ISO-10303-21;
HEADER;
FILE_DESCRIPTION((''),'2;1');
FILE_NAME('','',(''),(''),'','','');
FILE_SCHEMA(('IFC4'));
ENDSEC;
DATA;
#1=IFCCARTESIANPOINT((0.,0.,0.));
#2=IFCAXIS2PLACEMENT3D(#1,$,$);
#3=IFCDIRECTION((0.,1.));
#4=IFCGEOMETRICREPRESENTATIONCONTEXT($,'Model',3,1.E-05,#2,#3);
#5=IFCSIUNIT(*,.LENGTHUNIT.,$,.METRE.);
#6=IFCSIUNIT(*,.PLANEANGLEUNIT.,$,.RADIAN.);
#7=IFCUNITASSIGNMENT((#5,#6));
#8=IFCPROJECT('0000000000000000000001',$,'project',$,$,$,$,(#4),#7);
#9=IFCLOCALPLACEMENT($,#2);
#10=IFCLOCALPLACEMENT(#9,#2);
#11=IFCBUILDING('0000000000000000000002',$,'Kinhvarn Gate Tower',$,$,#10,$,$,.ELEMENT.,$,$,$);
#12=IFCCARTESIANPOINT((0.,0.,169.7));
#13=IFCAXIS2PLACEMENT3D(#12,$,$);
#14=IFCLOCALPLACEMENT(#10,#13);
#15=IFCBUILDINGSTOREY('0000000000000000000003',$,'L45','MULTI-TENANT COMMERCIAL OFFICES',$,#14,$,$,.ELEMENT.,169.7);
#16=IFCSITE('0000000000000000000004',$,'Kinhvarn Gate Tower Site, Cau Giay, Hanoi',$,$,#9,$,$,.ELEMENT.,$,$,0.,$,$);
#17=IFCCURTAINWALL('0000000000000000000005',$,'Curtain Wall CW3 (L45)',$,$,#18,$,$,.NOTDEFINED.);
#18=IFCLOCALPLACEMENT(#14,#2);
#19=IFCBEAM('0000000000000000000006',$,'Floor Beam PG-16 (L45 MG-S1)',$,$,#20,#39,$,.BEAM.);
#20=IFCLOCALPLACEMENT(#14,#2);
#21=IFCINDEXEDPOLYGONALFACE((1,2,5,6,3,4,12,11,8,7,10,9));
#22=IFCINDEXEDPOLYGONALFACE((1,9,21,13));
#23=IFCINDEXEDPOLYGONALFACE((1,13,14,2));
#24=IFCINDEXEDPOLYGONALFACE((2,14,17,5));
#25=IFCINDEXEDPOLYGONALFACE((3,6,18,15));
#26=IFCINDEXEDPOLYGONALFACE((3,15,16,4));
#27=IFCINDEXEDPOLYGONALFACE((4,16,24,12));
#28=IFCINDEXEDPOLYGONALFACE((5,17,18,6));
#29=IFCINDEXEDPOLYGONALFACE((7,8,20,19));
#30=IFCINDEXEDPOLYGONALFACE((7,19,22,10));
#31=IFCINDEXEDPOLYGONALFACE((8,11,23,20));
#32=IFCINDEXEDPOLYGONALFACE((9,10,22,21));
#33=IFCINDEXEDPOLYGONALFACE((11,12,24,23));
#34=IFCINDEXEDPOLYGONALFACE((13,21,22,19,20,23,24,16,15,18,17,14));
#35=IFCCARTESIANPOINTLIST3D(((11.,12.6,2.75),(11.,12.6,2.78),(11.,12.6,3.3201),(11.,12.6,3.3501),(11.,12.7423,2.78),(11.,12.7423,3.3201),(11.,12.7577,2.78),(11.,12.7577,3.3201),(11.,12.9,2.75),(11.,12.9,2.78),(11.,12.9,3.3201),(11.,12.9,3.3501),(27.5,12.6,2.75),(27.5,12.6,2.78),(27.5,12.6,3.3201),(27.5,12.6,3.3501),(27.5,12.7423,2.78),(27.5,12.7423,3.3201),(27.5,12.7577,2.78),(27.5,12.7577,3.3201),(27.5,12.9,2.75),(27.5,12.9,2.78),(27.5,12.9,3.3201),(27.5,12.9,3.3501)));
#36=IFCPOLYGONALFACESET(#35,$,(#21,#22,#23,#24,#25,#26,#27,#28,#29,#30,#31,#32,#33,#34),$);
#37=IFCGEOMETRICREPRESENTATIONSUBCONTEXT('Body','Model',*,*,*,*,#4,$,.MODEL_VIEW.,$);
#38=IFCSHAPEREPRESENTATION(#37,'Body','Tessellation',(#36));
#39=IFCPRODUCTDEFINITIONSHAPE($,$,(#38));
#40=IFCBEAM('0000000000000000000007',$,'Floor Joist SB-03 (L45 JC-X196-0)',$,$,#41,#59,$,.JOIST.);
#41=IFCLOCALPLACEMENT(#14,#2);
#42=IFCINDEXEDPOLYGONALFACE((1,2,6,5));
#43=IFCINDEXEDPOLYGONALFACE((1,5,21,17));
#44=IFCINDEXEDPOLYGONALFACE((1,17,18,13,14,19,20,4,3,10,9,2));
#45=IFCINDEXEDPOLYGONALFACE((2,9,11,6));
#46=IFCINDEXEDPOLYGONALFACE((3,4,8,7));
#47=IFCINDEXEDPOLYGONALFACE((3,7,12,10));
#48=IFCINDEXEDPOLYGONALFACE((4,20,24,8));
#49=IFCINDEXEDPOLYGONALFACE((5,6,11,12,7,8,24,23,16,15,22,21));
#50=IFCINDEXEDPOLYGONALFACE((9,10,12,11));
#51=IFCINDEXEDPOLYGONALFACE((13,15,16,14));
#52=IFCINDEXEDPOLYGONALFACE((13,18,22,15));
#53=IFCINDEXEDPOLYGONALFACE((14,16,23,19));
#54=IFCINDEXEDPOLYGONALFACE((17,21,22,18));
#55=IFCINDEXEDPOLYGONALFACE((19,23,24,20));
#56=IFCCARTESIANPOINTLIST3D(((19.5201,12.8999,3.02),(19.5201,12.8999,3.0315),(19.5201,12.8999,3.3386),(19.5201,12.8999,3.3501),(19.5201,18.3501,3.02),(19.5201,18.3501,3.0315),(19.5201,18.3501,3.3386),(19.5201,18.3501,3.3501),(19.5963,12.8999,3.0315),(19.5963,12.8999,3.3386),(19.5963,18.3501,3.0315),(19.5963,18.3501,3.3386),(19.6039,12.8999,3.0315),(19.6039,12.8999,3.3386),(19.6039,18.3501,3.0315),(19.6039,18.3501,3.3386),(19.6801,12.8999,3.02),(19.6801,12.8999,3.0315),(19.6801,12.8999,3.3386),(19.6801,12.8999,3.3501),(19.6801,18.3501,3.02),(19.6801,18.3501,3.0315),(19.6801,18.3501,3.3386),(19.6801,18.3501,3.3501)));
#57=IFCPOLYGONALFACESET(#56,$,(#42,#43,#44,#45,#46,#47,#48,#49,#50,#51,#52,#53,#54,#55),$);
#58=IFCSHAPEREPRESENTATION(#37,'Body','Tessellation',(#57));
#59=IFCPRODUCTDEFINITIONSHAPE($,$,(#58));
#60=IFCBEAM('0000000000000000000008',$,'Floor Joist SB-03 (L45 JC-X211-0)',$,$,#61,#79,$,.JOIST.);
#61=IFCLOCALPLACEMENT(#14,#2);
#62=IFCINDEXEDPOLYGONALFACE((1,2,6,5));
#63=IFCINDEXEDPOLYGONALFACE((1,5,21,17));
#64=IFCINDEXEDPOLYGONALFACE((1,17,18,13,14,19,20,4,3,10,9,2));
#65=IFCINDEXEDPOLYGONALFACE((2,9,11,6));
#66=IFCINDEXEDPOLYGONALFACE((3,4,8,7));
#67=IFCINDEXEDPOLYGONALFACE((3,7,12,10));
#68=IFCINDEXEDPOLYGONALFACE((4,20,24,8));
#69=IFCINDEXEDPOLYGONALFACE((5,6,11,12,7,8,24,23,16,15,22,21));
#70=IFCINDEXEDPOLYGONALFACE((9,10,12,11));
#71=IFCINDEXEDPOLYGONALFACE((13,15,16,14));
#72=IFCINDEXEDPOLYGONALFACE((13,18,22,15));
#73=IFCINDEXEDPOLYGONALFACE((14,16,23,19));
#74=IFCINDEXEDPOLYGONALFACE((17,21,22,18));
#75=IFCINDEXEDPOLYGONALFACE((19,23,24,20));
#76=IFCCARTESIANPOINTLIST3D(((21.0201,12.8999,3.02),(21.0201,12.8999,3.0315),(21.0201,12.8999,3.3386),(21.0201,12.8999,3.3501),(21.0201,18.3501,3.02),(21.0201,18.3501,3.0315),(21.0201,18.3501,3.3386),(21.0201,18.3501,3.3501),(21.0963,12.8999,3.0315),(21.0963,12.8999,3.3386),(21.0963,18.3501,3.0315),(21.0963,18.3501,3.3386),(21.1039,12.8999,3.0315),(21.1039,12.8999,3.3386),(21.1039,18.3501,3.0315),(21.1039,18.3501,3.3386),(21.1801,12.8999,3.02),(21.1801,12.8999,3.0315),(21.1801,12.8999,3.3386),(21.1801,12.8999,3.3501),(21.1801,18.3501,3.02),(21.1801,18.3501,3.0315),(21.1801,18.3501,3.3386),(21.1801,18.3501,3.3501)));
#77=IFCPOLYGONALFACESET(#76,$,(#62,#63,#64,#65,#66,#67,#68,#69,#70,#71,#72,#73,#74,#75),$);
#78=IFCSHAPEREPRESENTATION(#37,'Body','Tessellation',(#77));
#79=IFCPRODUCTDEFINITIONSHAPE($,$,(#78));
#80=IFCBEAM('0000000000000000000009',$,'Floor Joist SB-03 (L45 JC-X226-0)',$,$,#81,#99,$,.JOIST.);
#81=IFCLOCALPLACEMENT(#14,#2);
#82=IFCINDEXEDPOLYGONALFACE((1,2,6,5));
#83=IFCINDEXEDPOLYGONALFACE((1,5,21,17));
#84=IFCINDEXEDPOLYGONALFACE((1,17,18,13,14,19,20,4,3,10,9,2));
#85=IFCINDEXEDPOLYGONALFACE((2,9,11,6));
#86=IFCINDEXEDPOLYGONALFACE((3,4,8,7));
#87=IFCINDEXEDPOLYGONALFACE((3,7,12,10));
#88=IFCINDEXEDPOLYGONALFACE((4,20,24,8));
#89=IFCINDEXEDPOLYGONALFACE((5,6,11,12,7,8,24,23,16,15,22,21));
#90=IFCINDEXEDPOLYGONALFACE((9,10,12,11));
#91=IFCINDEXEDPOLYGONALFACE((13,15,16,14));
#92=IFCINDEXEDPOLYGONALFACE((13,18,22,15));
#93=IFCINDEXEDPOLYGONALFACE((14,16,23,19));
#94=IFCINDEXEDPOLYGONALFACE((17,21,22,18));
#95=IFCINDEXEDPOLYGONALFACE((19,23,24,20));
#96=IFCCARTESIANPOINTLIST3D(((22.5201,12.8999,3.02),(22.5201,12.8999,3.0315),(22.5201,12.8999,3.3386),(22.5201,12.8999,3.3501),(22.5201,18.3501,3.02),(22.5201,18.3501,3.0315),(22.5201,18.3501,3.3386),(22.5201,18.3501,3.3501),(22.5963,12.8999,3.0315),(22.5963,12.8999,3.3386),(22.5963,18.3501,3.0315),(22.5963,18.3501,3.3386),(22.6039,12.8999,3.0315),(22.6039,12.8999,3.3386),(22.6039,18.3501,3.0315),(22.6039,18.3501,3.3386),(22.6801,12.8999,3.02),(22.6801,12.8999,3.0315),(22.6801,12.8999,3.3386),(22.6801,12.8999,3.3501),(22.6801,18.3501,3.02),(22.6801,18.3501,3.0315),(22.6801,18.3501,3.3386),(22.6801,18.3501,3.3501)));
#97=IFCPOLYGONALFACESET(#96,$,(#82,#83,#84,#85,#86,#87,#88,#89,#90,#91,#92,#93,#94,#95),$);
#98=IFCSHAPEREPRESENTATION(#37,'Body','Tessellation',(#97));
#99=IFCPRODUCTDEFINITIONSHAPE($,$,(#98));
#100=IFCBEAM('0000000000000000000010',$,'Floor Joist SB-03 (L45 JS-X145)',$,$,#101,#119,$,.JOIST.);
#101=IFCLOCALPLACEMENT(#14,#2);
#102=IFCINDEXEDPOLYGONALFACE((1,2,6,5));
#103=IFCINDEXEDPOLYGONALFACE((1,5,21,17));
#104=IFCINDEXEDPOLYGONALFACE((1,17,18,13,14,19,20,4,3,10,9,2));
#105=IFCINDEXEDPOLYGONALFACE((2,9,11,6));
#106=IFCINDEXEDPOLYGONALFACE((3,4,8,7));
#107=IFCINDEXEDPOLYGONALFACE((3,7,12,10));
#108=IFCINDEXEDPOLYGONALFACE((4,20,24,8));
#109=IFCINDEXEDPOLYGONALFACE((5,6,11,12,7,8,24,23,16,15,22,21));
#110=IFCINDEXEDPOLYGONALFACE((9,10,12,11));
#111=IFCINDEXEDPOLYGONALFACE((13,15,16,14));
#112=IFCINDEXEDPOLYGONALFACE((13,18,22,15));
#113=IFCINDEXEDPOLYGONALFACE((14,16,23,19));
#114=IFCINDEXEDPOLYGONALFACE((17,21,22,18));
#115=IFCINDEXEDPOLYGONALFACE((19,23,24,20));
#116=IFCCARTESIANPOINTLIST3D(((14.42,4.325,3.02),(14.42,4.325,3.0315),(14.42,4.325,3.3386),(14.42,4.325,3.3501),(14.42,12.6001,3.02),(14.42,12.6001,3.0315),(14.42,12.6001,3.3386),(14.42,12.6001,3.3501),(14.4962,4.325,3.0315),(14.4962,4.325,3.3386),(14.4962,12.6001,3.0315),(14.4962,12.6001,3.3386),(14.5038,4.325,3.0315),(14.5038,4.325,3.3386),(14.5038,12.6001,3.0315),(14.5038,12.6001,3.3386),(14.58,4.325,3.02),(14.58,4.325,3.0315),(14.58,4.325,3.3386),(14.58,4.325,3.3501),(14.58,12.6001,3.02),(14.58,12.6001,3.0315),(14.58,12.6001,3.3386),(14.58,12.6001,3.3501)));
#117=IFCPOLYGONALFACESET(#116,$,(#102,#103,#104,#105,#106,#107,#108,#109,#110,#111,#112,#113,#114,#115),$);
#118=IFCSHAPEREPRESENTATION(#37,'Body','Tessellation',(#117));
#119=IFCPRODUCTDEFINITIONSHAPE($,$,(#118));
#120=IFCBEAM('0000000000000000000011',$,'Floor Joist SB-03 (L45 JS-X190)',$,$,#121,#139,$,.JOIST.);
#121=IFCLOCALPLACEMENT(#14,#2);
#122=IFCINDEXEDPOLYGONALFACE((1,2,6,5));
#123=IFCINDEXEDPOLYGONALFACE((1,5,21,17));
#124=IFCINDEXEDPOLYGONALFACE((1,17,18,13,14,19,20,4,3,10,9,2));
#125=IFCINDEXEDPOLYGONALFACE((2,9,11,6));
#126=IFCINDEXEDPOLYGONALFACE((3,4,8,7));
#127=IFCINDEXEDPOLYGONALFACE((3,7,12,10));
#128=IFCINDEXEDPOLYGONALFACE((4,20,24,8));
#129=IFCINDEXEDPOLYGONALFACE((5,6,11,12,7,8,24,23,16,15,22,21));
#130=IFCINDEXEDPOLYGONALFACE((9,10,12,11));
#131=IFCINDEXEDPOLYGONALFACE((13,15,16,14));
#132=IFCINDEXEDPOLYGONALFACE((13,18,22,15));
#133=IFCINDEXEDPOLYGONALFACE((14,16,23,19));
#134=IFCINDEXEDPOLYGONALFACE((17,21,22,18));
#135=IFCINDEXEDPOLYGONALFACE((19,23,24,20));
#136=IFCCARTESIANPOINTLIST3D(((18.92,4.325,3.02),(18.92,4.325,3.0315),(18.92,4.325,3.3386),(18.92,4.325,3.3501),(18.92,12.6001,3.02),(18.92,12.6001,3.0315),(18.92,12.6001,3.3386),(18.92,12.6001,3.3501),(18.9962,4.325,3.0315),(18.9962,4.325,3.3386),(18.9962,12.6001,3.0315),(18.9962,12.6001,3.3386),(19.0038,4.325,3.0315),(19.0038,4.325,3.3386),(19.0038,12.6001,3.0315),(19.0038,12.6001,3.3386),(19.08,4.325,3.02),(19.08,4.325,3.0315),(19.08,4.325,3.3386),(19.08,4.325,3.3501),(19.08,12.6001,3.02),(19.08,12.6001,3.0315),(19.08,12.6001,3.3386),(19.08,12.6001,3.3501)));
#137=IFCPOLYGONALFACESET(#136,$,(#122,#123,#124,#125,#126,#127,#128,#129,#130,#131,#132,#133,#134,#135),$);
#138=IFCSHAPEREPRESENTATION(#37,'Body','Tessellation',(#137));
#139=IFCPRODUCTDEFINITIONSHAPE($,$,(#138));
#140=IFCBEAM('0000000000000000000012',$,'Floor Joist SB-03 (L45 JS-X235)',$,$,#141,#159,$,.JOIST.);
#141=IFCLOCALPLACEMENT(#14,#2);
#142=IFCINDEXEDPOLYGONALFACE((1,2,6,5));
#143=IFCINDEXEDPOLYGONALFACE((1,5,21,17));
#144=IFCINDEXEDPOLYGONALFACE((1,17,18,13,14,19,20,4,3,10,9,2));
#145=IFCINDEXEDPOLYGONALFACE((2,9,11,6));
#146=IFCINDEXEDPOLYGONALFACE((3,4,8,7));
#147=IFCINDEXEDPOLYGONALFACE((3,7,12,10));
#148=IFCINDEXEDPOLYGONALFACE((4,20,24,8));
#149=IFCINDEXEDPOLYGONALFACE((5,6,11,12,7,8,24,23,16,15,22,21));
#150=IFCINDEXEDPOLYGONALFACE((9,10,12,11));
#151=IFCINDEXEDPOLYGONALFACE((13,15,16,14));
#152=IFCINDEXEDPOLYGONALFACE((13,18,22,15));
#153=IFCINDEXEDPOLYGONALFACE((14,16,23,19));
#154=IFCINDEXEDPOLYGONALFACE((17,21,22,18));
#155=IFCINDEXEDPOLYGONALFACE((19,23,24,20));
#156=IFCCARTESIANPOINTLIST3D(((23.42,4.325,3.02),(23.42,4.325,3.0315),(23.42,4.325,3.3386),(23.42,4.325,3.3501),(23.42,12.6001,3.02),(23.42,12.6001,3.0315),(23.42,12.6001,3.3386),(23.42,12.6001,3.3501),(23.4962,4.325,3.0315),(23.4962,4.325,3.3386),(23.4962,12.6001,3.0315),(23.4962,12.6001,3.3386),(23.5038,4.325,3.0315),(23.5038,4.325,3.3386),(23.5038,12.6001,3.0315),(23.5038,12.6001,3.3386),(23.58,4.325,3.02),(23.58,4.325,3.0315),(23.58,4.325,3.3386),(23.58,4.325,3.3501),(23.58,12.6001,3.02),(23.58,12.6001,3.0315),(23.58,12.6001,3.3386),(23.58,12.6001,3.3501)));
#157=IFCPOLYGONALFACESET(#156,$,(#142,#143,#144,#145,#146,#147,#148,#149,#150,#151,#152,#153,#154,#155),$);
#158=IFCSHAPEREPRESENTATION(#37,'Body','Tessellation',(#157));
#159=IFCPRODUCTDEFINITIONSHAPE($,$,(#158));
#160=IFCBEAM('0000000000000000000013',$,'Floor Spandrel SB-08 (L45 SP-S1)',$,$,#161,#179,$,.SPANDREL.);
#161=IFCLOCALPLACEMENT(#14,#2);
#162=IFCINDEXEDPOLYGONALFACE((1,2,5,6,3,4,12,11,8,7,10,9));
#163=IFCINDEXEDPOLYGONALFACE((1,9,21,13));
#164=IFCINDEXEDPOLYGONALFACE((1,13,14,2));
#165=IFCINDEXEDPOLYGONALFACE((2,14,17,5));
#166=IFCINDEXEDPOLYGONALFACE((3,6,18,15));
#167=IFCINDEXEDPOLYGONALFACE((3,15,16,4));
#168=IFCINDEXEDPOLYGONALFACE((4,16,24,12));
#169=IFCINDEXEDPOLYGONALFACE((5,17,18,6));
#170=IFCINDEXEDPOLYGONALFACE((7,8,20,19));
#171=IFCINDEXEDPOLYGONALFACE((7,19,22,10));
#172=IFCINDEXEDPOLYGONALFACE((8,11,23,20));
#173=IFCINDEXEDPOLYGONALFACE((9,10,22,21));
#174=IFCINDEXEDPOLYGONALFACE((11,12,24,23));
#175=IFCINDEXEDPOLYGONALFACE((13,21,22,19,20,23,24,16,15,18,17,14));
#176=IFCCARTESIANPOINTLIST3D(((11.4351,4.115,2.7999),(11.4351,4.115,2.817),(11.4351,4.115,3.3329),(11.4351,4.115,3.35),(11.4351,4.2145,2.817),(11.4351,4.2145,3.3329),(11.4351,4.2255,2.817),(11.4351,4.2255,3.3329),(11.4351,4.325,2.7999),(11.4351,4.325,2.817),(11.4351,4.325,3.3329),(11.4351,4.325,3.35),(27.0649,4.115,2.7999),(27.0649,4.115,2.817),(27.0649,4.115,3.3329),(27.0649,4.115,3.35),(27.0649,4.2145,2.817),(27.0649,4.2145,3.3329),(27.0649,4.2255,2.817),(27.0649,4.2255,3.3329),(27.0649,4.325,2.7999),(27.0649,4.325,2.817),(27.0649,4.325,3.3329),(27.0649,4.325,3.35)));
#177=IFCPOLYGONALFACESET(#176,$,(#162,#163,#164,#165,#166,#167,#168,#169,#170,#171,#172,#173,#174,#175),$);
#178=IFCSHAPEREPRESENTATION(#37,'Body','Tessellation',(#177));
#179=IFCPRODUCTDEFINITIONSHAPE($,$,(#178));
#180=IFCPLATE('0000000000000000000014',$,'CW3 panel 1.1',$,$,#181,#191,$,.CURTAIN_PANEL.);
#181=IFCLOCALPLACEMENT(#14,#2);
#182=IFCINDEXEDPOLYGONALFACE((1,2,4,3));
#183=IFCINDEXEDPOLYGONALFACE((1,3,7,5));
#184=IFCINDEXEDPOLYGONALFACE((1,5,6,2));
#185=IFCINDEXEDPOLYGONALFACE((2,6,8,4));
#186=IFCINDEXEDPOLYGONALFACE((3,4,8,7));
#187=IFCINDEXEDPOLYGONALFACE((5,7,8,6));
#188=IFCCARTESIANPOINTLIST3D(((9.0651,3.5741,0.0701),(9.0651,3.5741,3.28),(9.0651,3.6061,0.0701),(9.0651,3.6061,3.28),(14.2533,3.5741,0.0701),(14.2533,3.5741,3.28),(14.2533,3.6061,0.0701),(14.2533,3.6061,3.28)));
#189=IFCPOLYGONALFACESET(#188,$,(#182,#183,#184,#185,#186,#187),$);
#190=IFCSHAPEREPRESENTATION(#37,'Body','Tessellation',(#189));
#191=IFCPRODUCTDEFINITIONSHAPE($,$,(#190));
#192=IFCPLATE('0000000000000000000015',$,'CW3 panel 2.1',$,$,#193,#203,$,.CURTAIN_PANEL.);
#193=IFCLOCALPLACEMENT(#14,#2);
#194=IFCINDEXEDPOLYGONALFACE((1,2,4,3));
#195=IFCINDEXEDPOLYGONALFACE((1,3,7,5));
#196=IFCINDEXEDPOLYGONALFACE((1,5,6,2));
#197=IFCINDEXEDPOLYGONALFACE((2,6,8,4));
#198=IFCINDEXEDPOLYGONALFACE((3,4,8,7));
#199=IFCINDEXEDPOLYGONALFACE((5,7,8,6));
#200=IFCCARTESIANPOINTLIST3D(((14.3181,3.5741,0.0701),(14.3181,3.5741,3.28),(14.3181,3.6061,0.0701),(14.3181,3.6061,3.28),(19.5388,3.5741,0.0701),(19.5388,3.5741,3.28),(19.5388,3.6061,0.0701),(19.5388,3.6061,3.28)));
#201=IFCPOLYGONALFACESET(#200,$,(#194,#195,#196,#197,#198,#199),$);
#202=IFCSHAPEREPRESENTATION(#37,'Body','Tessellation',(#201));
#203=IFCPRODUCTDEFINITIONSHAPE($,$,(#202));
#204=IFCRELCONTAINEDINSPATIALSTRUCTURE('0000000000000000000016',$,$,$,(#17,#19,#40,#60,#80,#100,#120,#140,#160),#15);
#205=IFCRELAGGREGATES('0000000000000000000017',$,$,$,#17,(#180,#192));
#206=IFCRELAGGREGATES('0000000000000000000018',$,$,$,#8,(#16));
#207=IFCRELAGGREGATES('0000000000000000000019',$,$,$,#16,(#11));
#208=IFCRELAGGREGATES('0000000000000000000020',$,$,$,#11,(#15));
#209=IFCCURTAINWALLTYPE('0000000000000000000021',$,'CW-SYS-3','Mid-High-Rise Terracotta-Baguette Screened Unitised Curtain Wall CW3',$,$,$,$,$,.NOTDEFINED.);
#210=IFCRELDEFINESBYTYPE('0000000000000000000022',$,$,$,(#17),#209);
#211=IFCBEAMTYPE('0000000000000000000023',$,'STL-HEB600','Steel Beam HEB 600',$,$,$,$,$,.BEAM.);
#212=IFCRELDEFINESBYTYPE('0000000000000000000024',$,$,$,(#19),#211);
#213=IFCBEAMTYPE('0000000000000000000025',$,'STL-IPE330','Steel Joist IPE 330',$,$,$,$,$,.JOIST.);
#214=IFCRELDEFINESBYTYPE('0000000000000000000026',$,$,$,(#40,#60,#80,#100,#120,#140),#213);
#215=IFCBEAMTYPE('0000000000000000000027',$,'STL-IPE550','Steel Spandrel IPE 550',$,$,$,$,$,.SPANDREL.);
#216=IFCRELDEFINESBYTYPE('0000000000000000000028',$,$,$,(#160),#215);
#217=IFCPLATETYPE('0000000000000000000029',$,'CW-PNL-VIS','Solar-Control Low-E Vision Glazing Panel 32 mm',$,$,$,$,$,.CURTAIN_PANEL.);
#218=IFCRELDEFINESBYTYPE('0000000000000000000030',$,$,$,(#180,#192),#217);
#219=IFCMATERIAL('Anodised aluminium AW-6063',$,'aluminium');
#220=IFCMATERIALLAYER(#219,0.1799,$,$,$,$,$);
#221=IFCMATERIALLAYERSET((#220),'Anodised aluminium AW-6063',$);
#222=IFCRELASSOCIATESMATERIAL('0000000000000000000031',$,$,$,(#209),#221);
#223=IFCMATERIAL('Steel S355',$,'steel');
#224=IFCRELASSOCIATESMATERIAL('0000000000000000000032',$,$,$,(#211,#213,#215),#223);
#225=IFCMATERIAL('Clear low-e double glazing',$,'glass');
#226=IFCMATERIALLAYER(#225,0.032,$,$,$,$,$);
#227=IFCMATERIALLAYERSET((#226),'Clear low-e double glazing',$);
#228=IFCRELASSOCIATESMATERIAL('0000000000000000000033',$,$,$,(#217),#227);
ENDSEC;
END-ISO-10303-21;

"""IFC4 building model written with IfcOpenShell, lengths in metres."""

from ifc_helpers import new_model, si_unit, direction, frame, origin, origin_2d, place, context, subcontext, project, spatial, rectangle, i_section, extrude, material, layer, layer_set, material_profile, profile_set, type_object, element, aggregate, save


model = new_model("IFC4")

# Units and contexts
model_context = context("Model", 3, precision=1e-05, world=origin(), true_north=direction((0.0, 1.0)))
body_context = subcontext(model_context, "Body", "Model", "MODEL_VIEW")
ifc_project = project(units=[si_unit("LENGTHUNIT", "METRE"), si_unit("PLANEANGLEUNIT", "RADIAN")], contexts=[model_context])

# Site, building, storey
site_placement = place(None, origin())
site = spatial("IfcSite", under=ifc_project, at=site_placement, Name="Kinhvarn Gate Tower Site, Cau Giay, Hanoi", CompositionType="ELEMENT", RefElevation=0.0)
building_placement = place(site_placement, origin())
building = spatial("IfcBuilding", under=site, at=building_placement, Name="Kinhvarn Gate Tower", CompositionType="ELEMENT")
storey_placement = place(building_placement, frame((0.0, 0.0, 169.7)))
storey = spatial("IfcBuildingStorey", under=building, at=storey_placement, Name="L45", Description="MULTI-TENANT COMMERCIAL OFFICES", CompositionType="ELEMENT", Elevation=169.7)

# Curtain wall
ifc_material_1 = material(Name="Anodised aluminium AW-6063", Category="aluminium")
ifc_layer_1 = layer(ifc_material_1, 0.1799)
ifc_layer_set_1 = layer_set([ifc_layer_1], Name="Anodised aluminium AW-6063")
curtain_wall_type = type_object("IfcCurtainWallType", Name="CW-SYS-3", Description="Mid-High-Rise Terracotta-Baguette Screened Unitised Curtain Wall CW3", PredefinedType="NOTDEFINED", material=ifc_layer_set_1)
curtain_wall_placement = place(storey_placement, origin())
curtain_wall = element("IfcCurtainWall", 1, at=curtain_wall_placement, inside=storey, type_object=curtain_wall_type, Name="Curtain Wall CW3 (L45)", PredefinedType="NOTDEFINED")

# Beams
ifc_material_2 = material(Name="Steel S355", Category="steel")
ifc_material_profile_1 = material_profile(ifc_material_2, i_section(OverallWidth=0.3, OverallDepth=0.6001, WebThickness=0.0154, FlangeThickness=0.03, at=origin_2d()), Name="HEB 600")
ifc_profile_set_1 = profile_set([ifc_material_profile_1], Name="Steel S355")
beam_type_1 = type_object("IfcBeamType", Name="STL-HEB600", Description="Steel Beam HEB 600", PredefinedType="BEAM", material=ifc_profile_set_1)
beam_1_placement = place(storey_placement, frame((11.0, 12.75, 3.05), z_axis=(1.0, 0.0, 0.0), x_axis=(0.0, 1.0, 0.0)))
element("IfcBeam", 2, at=beam_1_placement, inside=storey, type_object=beam_type_1, Name="Floor Beam PG-16 (L45 MG-S1)", PredefinedType="BEAM", context=body_context, shape_type="SweptSolid", body=[
    extrude(i_section(OverallWidth=0.3, OverallDepth=0.6001, WebThickness=0.0154, FlangeThickness=0.03, at=origin_2d()), origin(), (0.0, 0.0, 1.0), 16.5),
])
ifc_material_profile_2 = material_profile(ifc_material_2, i_section(OverallWidth=0.1599, OverallDepth=0.3301, WebThickness=0.0076, FlangeThickness=0.0115, at=origin_2d()), Name="IPE 330")
ifc_profile_set_2 = profile_set([ifc_material_profile_2], Name="Steel S355")
beam_type_2 = type_object("IfcBeamType", Name="STL-IPE330", Description="Steel Joist IPE 330", PredefinedType="JOIST", material=ifc_profile_set_2)
for number, where, z_axis, x_axis, name in (
    (3, (19.6001, 12.8999, 3.1851), (0.0, 1.0, 0.0), (-1.0, 0.0, 0.0), "Floor Joist SB-03 (L45 JC-X196-0)"),
    (4, (21.1001, 12.8999, 3.1851), (0.0, 1.0, 0.0), (-1.0, 0.0, 0.0), "Floor Joist SB-03 (L45 JC-X211-0)"),
    (5, (22.6001, 12.8999, 3.1851), (0.0, 1.0, 0.0), (-1.0, 0.0, 0.0), "Floor Joist SB-03 (L45 JC-X226-0)"),
):
    element("IfcBeam", number, at=place(storey_placement, frame(where, z_axis=z_axis, x_axis=x_axis)), inside=storey, type_object=beam_type_2, Name=name, PredefinedType="JOIST", context=body_context, shape_type="SweptSolid", body=[
        extrude(i_section(OverallWidth=0.1599, OverallDepth=0.3301, WebThickness=0.0076, FlangeThickness=0.0115, at=origin_2d()), origin(), (0.0, 0.0, 1.0), 5.4502),
    ])
for number, where, z_axis, x_axis, name in (
    (6, (14.5, 4.325, 3.1851), (0.0, 1.0, 0.0), (-1.0, 0.0, 0.0), "Floor Joist SB-03 (L45 JS-X145)"),
    (7, (19.0, 4.325, 3.1851), (0.0, 1.0, 0.0), (-1.0, 0.0, 0.0), "Floor Joist SB-03 (L45 JS-X190)"),
    (8, (23.5, 4.325, 3.1851), (0.0, 1.0, 0.0), (-1.0, 0.0, 0.0), "Floor Joist SB-03 (L45 JS-X235)"),
):
    element("IfcBeam", number, at=place(storey_placement, frame(where, z_axis=z_axis, x_axis=x_axis)), inside=storey, type_object=beam_type_2, Name=name, PredefinedType="JOIST", context=body_context, shape_type="SweptSolid", body=[
        extrude(i_section(OverallWidth=0.1599, OverallDepth=0.3301, WebThickness=0.0076, FlangeThickness=0.0115, at=origin_2d()), origin(), (0.0, 0.0, 1.0), 8.2751),
    ])
ifc_material_profile_3 = material_profile(ifc_material_2, i_section(OverallWidth=0.21, OverallDepth=0.55, WebThickness=0.011, FlangeThickness=0.0171, at=origin_2d()), Name="IPE 550")
ifc_profile_set_3 = profile_set([ifc_material_profile_3], Name="Steel S355")
beam_type_3 = type_object("IfcBeamType", Name="STL-IPE550", Description="Steel Spandrel IPE 550", PredefinedType="SPANDREL", material=ifc_profile_set_3)
beam_2_placement = place(storey_placement, frame((11.4351, 4.22, 3.075), z_axis=(1.0, 0.0, 0.0), x_axis=(0.0, 1.0, 0.0)))
element("IfcBeam", 9, at=beam_2_placement, inside=storey, type_object=beam_type_3, Name="Floor Spandrel SB-08 (L45 SP-S1)", PredefinedType="SPANDREL", context=body_context, shape_type="SweptSolid", body=[
    extrude(i_section(OverallWidth=0.21, OverallDepth=0.55, WebThickness=0.011, FlangeThickness=0.0171, at=origin_2d()), origin(), (0.0, 0.0, 1.0), 15.6299),
])

# Plates
ifc_material_3 = material(Name="Clear low-e double glazing", Category="glass")
ifc_layer_2 = layer(ifc_material_3, 0.032)
ifc_layer_set_2 = layer_set([ifc_layer_2], Name="Clear low-e double glazing")
plate_type = type_object("IfcPlateType", Name="CW-PNL-VIS", Description="Solar-Control Low-E Vision Glazing Panel 32 mm", PredefinedType="CURTAIN_PANEL", material=ifc_layer_set_2)
plate_1_placement = place(storey_placement, frame((11.6592, 3.5901, 0.0701), z_axis=(0.0, 0.0, 1.0), x_axis=(1.0, 0.0, 0.0)))
plate_1 = element("IfcPlate", 10, at=plate_1_placement, type_object=plate_type, Name="CW3 panel 1.1", PredefinedType="CURTAIN_PANEL", context=body_context, shape_type="SweptSolid", body=[
    extrude(rectangle(XDim=5.1882, YDim=0.032, at=origin_2d()), origin(), (0.0, 0.0, 1.0), 3.21),
])
plate_2_placement = place(storey_placement, frame((16.9285, 3.5901, 0.0701), z_axis=(0.0, 0.0, 1.0), x_axis=(1.0, 0.0, 0.0)))
plate_2 = element("IfcPlate", 11, at=plate_2_placement, type_object=plate_type, Name="CW3 panel 2.1", PredefinedType="CURTAIN_PANEL", context=body_context, shape_type="SweptSolid", body=[
    extrude(rectangle(XDim=5.2207, YDim=0.032, at=origin_2d()), origin(), (0.0, 0.0, 1.0), 3.21),
])
aggregate(curtain_wall, [plate_1, plate_2])

save(model, "model.ifc")
